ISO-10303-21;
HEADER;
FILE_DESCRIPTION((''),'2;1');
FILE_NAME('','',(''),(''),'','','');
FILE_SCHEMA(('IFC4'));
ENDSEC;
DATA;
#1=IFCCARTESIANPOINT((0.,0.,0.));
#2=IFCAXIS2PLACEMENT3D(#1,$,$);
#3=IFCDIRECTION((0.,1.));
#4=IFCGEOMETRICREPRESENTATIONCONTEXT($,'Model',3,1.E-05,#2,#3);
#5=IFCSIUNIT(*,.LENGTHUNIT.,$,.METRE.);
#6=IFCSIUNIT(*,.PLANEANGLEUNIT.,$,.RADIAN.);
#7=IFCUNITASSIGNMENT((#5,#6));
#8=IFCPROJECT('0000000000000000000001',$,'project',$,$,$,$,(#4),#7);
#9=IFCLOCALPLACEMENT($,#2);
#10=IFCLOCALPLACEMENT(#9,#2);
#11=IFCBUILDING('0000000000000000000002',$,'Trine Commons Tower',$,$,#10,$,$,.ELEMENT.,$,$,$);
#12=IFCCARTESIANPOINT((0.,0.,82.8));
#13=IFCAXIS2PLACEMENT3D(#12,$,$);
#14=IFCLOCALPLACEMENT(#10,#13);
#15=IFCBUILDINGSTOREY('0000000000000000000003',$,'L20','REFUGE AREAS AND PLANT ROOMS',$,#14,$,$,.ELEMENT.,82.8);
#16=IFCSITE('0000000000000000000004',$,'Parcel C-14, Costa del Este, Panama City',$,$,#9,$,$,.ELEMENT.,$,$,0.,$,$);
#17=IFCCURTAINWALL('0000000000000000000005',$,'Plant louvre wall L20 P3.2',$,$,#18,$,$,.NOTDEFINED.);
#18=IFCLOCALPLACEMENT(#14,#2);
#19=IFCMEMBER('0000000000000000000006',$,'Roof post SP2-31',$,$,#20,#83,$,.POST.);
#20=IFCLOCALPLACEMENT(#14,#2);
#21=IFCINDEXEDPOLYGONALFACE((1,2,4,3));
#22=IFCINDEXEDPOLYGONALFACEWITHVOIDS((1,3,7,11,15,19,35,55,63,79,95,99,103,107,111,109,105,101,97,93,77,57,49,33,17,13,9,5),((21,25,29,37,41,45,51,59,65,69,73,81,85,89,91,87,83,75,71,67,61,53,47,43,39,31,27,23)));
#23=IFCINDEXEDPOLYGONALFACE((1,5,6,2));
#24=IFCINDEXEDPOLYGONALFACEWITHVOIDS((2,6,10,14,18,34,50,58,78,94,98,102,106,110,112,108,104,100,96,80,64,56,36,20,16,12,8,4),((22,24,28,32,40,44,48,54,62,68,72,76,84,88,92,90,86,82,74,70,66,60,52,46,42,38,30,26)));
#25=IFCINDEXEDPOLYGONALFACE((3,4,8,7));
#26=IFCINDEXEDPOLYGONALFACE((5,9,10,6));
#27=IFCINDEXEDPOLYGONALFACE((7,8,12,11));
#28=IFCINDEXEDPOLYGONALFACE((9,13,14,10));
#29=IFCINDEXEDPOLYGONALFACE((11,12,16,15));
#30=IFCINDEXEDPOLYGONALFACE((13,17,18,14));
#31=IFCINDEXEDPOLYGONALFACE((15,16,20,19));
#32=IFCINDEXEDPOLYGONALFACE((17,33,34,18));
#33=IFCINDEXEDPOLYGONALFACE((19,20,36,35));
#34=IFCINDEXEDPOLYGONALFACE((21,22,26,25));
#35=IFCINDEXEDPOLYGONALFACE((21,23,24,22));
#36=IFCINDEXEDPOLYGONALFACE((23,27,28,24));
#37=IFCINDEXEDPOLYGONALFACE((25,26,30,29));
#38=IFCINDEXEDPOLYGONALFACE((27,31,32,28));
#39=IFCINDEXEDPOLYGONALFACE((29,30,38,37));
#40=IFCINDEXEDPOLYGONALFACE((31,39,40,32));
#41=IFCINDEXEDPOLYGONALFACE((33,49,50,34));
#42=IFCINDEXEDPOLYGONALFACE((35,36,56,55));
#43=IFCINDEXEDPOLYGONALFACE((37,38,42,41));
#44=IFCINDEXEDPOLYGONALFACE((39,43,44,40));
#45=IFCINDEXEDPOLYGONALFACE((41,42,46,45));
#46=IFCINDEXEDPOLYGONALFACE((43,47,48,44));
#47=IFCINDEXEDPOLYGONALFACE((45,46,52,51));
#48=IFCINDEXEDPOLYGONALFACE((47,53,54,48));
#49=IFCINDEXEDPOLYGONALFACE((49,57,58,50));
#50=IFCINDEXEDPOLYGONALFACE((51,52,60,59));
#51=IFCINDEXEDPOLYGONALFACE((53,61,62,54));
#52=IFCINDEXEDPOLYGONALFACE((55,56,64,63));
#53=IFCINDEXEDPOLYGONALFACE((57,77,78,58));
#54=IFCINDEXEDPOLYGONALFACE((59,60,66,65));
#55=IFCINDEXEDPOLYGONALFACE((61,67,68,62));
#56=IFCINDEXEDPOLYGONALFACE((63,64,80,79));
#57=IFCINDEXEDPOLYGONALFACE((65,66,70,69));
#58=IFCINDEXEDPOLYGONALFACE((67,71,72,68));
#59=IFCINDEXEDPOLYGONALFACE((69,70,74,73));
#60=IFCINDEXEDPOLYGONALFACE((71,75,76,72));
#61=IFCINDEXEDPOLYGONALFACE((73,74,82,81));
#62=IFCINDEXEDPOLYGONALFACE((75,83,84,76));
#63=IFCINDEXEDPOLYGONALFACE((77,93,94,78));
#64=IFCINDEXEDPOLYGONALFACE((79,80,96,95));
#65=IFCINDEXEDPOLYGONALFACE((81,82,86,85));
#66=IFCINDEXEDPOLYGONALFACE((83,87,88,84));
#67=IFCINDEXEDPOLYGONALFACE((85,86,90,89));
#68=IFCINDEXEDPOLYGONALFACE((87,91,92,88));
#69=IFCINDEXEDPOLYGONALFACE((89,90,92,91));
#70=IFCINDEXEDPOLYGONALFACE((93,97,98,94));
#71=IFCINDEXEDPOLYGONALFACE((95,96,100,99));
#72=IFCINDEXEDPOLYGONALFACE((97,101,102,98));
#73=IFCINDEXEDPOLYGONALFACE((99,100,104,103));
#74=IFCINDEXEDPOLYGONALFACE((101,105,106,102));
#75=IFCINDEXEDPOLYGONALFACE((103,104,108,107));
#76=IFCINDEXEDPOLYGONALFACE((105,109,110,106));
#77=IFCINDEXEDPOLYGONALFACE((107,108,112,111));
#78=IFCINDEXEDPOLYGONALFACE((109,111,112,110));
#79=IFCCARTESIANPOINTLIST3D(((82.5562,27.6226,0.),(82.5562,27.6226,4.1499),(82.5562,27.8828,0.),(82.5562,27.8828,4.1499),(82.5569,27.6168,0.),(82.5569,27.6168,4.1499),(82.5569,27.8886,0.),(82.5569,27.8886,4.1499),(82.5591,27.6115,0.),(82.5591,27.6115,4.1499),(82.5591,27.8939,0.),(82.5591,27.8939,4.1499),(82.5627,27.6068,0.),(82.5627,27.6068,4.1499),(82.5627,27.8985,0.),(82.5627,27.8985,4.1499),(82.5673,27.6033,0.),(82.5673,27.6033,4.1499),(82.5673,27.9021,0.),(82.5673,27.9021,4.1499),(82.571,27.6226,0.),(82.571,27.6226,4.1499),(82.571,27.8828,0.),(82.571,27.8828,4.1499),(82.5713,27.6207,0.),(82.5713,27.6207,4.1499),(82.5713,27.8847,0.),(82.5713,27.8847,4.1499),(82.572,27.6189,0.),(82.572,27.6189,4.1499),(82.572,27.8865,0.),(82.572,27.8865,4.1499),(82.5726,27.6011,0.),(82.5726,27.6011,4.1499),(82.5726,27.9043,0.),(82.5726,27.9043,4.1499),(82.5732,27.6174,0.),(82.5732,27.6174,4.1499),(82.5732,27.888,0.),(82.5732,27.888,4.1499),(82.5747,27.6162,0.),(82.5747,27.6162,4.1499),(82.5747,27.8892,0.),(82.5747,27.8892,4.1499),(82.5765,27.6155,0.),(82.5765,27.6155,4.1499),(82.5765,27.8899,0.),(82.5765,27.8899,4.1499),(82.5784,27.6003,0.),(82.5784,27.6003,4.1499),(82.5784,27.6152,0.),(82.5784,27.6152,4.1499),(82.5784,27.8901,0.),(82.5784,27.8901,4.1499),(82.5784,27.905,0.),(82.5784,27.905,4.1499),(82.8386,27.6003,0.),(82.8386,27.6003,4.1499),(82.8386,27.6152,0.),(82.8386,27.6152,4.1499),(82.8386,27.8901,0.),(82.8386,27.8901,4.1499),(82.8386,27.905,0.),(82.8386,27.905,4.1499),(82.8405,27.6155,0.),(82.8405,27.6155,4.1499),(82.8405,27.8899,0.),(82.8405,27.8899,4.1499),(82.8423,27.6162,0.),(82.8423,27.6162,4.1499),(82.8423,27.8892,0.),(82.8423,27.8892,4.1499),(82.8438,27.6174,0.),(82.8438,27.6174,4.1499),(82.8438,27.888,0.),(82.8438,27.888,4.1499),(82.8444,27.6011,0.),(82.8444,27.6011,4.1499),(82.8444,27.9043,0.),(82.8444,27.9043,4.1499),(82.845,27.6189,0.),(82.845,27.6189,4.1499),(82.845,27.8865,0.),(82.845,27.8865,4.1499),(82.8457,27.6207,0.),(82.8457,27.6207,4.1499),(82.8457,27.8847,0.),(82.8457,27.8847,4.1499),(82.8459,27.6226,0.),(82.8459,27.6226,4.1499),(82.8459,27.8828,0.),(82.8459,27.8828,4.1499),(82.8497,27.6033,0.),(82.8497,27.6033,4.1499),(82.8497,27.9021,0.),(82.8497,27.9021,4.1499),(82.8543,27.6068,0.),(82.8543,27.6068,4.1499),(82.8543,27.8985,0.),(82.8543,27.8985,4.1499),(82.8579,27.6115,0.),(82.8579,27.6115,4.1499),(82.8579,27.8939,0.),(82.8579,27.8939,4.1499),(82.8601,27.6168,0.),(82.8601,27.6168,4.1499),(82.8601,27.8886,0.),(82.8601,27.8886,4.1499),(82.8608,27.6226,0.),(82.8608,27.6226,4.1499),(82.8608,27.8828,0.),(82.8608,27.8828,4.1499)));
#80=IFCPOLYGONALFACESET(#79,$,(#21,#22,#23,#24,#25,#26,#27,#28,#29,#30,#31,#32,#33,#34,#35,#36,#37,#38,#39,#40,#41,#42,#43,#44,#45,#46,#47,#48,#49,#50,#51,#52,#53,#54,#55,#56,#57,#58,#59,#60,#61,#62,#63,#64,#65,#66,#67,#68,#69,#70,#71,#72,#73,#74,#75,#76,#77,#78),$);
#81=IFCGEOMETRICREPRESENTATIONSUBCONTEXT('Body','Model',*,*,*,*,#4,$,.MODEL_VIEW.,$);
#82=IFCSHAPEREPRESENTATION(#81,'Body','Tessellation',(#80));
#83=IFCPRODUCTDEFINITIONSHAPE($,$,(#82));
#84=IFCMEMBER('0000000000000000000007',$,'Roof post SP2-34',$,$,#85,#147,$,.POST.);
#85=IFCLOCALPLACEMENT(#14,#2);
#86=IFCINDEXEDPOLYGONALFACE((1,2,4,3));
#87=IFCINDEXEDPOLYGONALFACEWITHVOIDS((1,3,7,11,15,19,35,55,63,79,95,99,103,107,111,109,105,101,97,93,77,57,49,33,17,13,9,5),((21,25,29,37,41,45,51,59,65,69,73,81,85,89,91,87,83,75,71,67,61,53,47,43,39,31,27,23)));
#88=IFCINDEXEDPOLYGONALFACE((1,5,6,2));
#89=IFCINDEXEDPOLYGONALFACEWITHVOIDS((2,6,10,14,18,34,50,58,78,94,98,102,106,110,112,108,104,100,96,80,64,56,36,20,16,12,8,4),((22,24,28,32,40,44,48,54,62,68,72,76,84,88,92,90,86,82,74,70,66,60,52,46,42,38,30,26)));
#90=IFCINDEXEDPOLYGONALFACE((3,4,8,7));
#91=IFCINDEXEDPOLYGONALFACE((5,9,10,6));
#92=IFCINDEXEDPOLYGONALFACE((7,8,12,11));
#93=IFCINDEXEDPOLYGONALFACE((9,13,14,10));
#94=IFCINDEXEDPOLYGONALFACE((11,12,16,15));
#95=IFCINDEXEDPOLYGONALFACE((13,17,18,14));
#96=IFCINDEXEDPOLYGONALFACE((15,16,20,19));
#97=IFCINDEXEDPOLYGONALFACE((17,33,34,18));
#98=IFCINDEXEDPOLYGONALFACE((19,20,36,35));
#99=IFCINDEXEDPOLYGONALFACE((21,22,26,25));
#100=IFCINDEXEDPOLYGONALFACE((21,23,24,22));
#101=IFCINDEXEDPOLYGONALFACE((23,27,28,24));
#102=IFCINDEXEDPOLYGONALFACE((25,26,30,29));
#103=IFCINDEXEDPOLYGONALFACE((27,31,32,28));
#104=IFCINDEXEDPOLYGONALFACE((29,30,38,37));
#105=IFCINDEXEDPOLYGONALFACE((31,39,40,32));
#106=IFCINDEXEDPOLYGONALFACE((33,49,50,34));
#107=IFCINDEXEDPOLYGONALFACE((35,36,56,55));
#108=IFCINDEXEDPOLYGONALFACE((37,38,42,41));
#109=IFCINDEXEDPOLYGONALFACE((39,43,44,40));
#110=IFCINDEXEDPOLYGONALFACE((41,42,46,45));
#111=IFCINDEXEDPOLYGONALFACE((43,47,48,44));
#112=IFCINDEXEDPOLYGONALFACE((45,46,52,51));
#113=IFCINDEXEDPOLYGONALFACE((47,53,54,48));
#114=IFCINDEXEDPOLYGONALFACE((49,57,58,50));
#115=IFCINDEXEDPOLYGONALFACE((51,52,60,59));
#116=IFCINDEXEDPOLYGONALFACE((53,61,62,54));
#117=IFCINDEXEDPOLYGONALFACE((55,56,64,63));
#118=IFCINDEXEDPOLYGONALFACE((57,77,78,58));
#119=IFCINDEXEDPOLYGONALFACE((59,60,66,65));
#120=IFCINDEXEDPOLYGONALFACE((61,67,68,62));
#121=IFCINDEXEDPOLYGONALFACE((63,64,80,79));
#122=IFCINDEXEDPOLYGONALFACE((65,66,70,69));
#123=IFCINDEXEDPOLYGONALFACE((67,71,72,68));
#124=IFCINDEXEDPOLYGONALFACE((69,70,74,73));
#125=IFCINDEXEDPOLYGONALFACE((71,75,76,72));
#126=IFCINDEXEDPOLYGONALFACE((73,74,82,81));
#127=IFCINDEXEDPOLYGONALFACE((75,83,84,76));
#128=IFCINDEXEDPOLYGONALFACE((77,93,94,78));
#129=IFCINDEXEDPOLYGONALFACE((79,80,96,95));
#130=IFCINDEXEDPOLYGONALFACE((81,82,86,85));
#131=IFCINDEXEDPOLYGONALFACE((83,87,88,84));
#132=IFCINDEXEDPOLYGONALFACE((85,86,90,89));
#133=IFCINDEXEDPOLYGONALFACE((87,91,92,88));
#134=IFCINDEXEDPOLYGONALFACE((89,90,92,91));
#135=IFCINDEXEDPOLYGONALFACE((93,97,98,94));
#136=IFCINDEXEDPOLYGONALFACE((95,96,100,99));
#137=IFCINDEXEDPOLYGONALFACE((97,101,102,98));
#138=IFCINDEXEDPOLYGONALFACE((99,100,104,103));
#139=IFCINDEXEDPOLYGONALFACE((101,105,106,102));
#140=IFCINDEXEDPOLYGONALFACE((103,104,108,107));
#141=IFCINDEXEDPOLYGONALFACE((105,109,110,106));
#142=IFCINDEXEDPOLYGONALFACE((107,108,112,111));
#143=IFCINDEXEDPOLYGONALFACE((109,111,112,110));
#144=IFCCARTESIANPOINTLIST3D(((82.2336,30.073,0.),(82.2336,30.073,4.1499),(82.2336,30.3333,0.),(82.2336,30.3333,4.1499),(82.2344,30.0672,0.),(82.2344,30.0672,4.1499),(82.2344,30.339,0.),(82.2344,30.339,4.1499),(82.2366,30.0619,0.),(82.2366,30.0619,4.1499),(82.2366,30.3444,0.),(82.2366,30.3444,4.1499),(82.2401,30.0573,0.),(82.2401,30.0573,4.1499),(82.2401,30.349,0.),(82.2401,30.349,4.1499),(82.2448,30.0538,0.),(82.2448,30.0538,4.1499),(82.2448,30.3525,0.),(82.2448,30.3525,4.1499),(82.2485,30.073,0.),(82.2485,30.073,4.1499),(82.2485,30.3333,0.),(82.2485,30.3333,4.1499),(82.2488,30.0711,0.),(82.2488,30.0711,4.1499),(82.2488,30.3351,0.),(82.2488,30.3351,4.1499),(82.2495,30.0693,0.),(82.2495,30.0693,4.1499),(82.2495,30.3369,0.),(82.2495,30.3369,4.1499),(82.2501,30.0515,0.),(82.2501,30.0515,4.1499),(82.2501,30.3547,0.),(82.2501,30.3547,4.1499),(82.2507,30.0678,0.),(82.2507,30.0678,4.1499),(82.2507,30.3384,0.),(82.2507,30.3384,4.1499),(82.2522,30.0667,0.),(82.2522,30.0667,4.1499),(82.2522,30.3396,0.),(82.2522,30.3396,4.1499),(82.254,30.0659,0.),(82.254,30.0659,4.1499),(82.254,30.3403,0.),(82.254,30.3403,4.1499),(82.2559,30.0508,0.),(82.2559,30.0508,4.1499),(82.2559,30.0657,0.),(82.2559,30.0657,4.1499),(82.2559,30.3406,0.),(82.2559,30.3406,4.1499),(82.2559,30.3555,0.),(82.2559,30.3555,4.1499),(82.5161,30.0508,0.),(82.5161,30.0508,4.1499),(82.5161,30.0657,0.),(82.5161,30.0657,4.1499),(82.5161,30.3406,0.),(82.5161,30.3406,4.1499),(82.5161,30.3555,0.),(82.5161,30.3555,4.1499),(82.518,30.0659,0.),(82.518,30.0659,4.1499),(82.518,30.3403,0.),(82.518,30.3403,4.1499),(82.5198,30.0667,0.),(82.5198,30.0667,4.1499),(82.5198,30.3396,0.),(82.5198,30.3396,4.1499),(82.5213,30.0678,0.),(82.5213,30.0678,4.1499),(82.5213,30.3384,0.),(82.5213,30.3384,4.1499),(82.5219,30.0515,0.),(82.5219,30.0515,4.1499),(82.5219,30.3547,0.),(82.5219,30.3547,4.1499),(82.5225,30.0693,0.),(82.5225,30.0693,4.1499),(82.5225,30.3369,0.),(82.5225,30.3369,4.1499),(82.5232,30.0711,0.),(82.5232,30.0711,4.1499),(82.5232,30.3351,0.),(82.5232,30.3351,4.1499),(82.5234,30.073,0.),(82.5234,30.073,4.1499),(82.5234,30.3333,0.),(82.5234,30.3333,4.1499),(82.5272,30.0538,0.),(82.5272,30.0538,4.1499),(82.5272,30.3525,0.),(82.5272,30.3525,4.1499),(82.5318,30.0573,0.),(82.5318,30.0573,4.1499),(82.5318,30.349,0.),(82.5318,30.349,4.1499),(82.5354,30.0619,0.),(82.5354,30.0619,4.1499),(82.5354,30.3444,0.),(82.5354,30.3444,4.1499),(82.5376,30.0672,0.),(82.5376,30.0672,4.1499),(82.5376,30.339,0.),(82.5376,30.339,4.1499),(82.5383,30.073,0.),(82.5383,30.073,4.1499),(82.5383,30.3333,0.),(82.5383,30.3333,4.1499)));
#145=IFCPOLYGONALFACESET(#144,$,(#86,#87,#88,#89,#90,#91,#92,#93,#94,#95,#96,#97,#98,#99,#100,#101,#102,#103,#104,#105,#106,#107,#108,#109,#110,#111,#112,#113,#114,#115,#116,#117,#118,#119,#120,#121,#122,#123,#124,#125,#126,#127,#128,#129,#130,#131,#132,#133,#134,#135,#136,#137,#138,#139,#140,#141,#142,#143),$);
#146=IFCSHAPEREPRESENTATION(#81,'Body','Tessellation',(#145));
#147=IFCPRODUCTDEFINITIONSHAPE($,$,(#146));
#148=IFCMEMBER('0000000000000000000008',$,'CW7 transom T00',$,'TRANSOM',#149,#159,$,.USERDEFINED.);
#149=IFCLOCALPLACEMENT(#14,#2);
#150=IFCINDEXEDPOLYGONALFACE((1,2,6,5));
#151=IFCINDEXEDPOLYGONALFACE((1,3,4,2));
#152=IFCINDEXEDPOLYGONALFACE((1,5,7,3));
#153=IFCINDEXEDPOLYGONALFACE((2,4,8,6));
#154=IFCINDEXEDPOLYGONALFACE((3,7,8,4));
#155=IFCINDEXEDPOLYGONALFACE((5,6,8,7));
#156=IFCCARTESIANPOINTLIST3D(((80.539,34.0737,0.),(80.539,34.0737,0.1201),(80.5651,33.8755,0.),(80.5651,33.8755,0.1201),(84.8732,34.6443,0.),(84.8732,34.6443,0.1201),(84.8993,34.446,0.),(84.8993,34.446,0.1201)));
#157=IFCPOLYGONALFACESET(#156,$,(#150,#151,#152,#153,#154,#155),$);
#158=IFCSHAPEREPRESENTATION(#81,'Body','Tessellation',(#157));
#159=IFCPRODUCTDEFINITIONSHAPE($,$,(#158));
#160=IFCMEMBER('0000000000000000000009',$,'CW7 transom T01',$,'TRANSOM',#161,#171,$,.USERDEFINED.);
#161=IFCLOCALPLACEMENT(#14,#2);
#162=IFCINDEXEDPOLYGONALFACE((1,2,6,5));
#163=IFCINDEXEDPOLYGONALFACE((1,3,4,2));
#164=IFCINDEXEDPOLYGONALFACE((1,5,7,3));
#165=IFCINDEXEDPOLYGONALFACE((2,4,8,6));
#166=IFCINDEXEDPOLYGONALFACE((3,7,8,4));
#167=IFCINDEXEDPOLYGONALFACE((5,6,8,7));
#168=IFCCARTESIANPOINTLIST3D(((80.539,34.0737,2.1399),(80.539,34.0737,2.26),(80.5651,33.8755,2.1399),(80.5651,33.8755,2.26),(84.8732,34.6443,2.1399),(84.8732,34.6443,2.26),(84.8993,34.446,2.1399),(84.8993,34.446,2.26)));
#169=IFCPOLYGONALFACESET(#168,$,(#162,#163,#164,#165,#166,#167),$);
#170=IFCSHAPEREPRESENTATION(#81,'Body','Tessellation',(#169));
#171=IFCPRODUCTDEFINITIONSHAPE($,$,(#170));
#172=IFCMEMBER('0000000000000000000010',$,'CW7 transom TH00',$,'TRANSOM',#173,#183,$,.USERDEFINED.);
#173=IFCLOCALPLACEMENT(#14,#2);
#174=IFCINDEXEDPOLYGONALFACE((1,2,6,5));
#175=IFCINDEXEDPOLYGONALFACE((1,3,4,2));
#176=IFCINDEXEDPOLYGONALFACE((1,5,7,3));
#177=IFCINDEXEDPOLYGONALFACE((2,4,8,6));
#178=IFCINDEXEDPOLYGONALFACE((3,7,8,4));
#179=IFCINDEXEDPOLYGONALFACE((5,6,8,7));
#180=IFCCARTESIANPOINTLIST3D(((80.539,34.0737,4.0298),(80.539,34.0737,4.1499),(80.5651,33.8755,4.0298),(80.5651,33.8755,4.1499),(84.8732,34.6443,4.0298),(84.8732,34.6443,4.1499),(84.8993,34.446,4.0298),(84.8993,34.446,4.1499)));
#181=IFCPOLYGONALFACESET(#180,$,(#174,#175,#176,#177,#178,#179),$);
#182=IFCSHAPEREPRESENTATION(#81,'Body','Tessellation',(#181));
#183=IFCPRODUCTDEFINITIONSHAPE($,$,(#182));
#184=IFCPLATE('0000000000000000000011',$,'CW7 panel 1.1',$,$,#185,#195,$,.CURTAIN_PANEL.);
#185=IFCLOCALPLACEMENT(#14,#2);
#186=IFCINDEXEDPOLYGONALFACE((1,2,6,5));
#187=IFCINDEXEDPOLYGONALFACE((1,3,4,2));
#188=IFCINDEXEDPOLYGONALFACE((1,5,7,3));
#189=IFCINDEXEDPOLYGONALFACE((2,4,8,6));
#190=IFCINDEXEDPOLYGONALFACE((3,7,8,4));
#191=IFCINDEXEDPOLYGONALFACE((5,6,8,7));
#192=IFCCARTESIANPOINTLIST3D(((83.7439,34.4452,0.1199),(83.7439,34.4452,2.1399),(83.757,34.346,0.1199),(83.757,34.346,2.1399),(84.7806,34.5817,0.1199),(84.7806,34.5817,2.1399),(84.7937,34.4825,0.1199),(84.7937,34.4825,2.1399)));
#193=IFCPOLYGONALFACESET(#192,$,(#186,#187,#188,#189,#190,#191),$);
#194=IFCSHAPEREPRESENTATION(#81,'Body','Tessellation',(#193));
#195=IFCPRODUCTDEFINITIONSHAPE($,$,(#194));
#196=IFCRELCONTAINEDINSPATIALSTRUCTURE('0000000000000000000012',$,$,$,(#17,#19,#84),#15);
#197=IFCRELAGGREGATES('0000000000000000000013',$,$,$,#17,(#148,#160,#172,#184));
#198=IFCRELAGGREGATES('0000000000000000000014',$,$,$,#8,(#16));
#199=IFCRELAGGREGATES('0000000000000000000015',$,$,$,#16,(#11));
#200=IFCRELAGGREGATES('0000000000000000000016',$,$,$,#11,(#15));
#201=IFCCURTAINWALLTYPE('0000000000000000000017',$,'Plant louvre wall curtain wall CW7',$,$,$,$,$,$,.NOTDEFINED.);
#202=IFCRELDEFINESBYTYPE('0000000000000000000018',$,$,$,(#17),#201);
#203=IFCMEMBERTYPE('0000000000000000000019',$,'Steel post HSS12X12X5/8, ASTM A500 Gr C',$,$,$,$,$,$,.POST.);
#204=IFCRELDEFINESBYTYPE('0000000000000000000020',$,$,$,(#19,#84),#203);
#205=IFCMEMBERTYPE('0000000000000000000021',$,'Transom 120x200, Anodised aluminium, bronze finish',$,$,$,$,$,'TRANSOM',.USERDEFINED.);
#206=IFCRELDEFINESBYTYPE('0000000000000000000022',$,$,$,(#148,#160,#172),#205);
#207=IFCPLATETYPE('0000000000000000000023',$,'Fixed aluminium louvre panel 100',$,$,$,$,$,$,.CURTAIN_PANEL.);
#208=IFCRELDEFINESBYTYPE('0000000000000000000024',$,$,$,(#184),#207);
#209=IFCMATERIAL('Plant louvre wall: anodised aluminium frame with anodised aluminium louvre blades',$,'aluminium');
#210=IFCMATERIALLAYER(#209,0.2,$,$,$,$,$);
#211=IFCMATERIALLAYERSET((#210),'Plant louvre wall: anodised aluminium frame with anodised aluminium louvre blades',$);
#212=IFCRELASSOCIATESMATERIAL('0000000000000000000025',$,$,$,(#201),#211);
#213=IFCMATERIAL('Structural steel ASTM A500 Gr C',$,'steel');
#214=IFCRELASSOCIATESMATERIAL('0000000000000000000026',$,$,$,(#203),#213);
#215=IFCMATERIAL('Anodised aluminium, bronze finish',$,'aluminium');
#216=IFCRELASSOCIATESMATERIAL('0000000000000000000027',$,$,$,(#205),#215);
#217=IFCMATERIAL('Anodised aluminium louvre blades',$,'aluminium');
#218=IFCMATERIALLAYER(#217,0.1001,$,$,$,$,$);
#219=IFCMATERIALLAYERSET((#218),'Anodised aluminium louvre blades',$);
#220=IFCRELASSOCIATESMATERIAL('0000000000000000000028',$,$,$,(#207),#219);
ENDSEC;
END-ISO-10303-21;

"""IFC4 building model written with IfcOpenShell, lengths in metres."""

from ifc_helpers import new_model, si_unit, direction, frame, origin, origin_2d, place, context, subcontext, project, spatial, rectangle, hollow_rectangle, extrude, material, layer, layer_set, material_profile, profile_set, type_object, element, aggregate, save


model = new_model("IFC4")

# Units and contexts
model_context = context("Model", 3, precision=1e-05, world=origin(), true_north=direction((0.0, 1.0)))
body_context = subcontext(model_context, "Body", "Model", "MODEL_VIEW")
ifc_project = project(units=[si_unit("LENGTHUNIT", "METRE"), si_unit("PLANEANGLEUNIT", "RADIAN")], contexts=[model_context])

# Site, building, storey
site_placement = place(None, origin())
site = spatial("IfcSite", under=ifc_project, at=site_placement, Name="Parcel C-14, Costa del Este, Panama City", CompositionType="ELEMENT", RefElevation=0.0)
building_placement = place(site_placement, origin())
building = spatial("IfcBuilding", under=site, at=building_placement, Name="Trine Commons Tower", CompositionType="ELEMENT")
storey_placement = place(building_placement, frame((0.0, 0.0, 82.8)))
storey = spatial("IfcBuildingStorey", under=building, at=storey_placement, Name="L20", Description="REFUGE AREAS AND PLANT ROOMS", CompositionType="ELEMENT", Elevation=82.8)

# Curtain wall
ifc_material_1 = material(Name="Plant louvre wall: anodised aluminium frame with anodised aluminium louvre blades", Category="aluminium")
ifc_layer_1 = layer(ifc_material_1, 0.2)
ifc_layer_set_1 = layer_set([ifc_layer_1], Name="Plant louvre wall: anodised aluminium frame with anodised aluminium louvre blades")
curtain_wall_type = type_object("IfcCurtainWallType", Name="Plant louvre wall curtain wall CW7", PredefinedType="NOTDEFINED", material=ifc_layer_set_1)
curtain_wall_placement = place(storey_placement, origin())
curtain_wall = element("IfcCurtainWall", 1, at=curtain_wall_placement, inside=storey, type_object=curtain_wall_type, Name="Plant louvre wall L20 P3.2", PredefinedType="NOTDEFINED")
ifc_material_2 = material(Name="Anodised aluminium, bronze finish", Category="aluminium")

# Members
ifc_material_3 = material(Name="Structural steel ASTM A500 Gr C", Category="steel")
ifc_material_profile_1 = material_profile(ifc_material_3, hollow_rectangle(XDim=0.3047, YDim=0.3047, WallThickness=0.0149, InnerFilletRadius=0.0073, OuterFilletRadius=0.0222, at=origin_2d()), Name="HSS12X12X5/8")
ifc_profile_set_1 = profile_set([ifc_material_profile_1], Name="Structural steel ASTM A500 Gr C")
member_type_1 = type_object("IfcMemberType", Name="Steel post HSS12X12X5/8, ASTM A500 Gr C", PredefinedType="POST", material=ifc_profile_set_1)
for number, where, z_axis, x_axis, name in (
    (2, (82.7085, 27.7527, 0.0), (0.0, 0.0, 1.0), (1.0, 0.0, 0.0), "Roof post SP2-31"),
    (3, (82.386, 30.2031, 0.0), (0.0, 0.0, 1.0), (1.0, 0.0, 0.0), "Roof post SP2-34"),
):
    element("IfcMember", number, at=place(storey_placement, frame(where, z_axis=z_axis, x_axis=x_axis)), inside=storey, type_object=member_type_1, Name=name, PredefinedType="POST", context=body_context, shape_type="SweptSolid", body=[
        extrude(hollow_rectangle(XDim=0.3047, YDim=0.3047, WallThickness=0.0149, InnerFilletRadius=0.0073, OuterFilletRadius=0.0222, at=origin_2d()), origin(), (0.0, 0.0, 1.0), 4.1499),
    ])

# Members
ifc_material_profile_2 = material_profile(ifc_material_2, rectangle(XDim=0.2, YDim=0.1201, at=origin_2d()), Name="Transom 120x200")
ifc_profile_set_2 = profile_set([ifc_material_profile_2], Name="Anodised aluminium, bronze finish")
member_type_2 = type_object("IfcMemberType", Name="Transom 120x200, Anodised aluminium, bronze finish", ElementType="TRANSOM", PredefinedType="USERDEFINED", material=ifc_profile_set_2)
member_1_placement = place(storey_placement, frame((84.8862, 34.5452, 0.0601), z_axis=(-0.991447, -0.130514, 0.0), x_axis=(0.130514, -0.991447, 0.0)))
member_1 = element("IfcMember", 4, at=member_1_placement, type_object=member_type_2, Name="CW7 transom T00", ObjectType="TRANSOM", PredefinedType="USERDEFINED", context=body_context, shape_type="SweptSolid", body=[
    extrude(rectangle(XDim=0.2, YDim=0.1201, at=origin_2d()), origin(), (0.0, 0.0, 1.0), 4.3716),
])
member_2_placement = place(storey_placement, frame((84.8862, 34.5452, 2.2), z_axis=(-0.991447, -0.130514, 0.0), x_axis=(0.130514, -0.991447, 0.0)))
member_2 = element("IfcMember", 5, at=member_2_placement, type_object=member_type_2, Name="CW7 transom T01", ObjectType="TRANSOM", PredefinedType="USERDEFINED", context=body_context, shape_type="SweptSolid", body=[
    extrude(rectangle(XDim=0.2, YDim=0.1201, at=origin_2d()), origin(), (0.0, 0.0, 1.0), 4.3716),
])
member_3_placement = place(storey_placement, frame((84.8862, 34.5452, 4.0898), z_axis=(-0.991447, -0.130514, 0.0), x_axis=(0.130514, -0.991447, 0.0)))
member_3 = element("IfcMember", 6, at=member_3_placement, type_object=member_type_2, Name="CW7 transom TH00", ObjectType="TRANSOM", PredefinedType="USERDEFINED", context=body_context, shape_type="SweptSolid", body=[
    extrude(rectangle(XDim=0.2, YDim=0.1201, at=origin_2d()), origin(), (0.0, 0.0, 1.0), 4.3716),
])

# Plate
ifc_material_4 = material(Name="Anodised aluminium louvre blades", Category="aluminium")
ifc_layer_2 = layer(ifc_material_4, 0.1001)
ifc_layer_set_2 = layer_set([ifc_layer_2], Name="Anodised aluminium louvre blades")
plate_type = type_object("IfcPlateType", Name="Fixed aluminium louvre panel 100", PredefinedType="CURTAIN_PANEL", material=ifc_layer_set_2)
plate_1_placement = place(storey_placement, frame((84.2688, 34.4639, 0.1199), z_axis=(0.0, 0.0, 1.0), x_axis=(-0.991445, -0.130526, 0.0)))
plate_1 = element("IfcPlate", 7, at=plate_1_placement, type_object=plate_type, Name="CW7 panel 1.1", PredefinedType="CURTAIN_PANEL", context=body_context, shape_type="SweptSolid", body=[
    extrude(rectangle(XDim=1.0457, YDim=0.1001, at=origin_2d()), origin(), (0.0, 0.0, 1.0), 2.02),
])
aggregate(curtain_wall, [member_1, member_2, member_3, plate_1])

save(model, "model.ifc")
